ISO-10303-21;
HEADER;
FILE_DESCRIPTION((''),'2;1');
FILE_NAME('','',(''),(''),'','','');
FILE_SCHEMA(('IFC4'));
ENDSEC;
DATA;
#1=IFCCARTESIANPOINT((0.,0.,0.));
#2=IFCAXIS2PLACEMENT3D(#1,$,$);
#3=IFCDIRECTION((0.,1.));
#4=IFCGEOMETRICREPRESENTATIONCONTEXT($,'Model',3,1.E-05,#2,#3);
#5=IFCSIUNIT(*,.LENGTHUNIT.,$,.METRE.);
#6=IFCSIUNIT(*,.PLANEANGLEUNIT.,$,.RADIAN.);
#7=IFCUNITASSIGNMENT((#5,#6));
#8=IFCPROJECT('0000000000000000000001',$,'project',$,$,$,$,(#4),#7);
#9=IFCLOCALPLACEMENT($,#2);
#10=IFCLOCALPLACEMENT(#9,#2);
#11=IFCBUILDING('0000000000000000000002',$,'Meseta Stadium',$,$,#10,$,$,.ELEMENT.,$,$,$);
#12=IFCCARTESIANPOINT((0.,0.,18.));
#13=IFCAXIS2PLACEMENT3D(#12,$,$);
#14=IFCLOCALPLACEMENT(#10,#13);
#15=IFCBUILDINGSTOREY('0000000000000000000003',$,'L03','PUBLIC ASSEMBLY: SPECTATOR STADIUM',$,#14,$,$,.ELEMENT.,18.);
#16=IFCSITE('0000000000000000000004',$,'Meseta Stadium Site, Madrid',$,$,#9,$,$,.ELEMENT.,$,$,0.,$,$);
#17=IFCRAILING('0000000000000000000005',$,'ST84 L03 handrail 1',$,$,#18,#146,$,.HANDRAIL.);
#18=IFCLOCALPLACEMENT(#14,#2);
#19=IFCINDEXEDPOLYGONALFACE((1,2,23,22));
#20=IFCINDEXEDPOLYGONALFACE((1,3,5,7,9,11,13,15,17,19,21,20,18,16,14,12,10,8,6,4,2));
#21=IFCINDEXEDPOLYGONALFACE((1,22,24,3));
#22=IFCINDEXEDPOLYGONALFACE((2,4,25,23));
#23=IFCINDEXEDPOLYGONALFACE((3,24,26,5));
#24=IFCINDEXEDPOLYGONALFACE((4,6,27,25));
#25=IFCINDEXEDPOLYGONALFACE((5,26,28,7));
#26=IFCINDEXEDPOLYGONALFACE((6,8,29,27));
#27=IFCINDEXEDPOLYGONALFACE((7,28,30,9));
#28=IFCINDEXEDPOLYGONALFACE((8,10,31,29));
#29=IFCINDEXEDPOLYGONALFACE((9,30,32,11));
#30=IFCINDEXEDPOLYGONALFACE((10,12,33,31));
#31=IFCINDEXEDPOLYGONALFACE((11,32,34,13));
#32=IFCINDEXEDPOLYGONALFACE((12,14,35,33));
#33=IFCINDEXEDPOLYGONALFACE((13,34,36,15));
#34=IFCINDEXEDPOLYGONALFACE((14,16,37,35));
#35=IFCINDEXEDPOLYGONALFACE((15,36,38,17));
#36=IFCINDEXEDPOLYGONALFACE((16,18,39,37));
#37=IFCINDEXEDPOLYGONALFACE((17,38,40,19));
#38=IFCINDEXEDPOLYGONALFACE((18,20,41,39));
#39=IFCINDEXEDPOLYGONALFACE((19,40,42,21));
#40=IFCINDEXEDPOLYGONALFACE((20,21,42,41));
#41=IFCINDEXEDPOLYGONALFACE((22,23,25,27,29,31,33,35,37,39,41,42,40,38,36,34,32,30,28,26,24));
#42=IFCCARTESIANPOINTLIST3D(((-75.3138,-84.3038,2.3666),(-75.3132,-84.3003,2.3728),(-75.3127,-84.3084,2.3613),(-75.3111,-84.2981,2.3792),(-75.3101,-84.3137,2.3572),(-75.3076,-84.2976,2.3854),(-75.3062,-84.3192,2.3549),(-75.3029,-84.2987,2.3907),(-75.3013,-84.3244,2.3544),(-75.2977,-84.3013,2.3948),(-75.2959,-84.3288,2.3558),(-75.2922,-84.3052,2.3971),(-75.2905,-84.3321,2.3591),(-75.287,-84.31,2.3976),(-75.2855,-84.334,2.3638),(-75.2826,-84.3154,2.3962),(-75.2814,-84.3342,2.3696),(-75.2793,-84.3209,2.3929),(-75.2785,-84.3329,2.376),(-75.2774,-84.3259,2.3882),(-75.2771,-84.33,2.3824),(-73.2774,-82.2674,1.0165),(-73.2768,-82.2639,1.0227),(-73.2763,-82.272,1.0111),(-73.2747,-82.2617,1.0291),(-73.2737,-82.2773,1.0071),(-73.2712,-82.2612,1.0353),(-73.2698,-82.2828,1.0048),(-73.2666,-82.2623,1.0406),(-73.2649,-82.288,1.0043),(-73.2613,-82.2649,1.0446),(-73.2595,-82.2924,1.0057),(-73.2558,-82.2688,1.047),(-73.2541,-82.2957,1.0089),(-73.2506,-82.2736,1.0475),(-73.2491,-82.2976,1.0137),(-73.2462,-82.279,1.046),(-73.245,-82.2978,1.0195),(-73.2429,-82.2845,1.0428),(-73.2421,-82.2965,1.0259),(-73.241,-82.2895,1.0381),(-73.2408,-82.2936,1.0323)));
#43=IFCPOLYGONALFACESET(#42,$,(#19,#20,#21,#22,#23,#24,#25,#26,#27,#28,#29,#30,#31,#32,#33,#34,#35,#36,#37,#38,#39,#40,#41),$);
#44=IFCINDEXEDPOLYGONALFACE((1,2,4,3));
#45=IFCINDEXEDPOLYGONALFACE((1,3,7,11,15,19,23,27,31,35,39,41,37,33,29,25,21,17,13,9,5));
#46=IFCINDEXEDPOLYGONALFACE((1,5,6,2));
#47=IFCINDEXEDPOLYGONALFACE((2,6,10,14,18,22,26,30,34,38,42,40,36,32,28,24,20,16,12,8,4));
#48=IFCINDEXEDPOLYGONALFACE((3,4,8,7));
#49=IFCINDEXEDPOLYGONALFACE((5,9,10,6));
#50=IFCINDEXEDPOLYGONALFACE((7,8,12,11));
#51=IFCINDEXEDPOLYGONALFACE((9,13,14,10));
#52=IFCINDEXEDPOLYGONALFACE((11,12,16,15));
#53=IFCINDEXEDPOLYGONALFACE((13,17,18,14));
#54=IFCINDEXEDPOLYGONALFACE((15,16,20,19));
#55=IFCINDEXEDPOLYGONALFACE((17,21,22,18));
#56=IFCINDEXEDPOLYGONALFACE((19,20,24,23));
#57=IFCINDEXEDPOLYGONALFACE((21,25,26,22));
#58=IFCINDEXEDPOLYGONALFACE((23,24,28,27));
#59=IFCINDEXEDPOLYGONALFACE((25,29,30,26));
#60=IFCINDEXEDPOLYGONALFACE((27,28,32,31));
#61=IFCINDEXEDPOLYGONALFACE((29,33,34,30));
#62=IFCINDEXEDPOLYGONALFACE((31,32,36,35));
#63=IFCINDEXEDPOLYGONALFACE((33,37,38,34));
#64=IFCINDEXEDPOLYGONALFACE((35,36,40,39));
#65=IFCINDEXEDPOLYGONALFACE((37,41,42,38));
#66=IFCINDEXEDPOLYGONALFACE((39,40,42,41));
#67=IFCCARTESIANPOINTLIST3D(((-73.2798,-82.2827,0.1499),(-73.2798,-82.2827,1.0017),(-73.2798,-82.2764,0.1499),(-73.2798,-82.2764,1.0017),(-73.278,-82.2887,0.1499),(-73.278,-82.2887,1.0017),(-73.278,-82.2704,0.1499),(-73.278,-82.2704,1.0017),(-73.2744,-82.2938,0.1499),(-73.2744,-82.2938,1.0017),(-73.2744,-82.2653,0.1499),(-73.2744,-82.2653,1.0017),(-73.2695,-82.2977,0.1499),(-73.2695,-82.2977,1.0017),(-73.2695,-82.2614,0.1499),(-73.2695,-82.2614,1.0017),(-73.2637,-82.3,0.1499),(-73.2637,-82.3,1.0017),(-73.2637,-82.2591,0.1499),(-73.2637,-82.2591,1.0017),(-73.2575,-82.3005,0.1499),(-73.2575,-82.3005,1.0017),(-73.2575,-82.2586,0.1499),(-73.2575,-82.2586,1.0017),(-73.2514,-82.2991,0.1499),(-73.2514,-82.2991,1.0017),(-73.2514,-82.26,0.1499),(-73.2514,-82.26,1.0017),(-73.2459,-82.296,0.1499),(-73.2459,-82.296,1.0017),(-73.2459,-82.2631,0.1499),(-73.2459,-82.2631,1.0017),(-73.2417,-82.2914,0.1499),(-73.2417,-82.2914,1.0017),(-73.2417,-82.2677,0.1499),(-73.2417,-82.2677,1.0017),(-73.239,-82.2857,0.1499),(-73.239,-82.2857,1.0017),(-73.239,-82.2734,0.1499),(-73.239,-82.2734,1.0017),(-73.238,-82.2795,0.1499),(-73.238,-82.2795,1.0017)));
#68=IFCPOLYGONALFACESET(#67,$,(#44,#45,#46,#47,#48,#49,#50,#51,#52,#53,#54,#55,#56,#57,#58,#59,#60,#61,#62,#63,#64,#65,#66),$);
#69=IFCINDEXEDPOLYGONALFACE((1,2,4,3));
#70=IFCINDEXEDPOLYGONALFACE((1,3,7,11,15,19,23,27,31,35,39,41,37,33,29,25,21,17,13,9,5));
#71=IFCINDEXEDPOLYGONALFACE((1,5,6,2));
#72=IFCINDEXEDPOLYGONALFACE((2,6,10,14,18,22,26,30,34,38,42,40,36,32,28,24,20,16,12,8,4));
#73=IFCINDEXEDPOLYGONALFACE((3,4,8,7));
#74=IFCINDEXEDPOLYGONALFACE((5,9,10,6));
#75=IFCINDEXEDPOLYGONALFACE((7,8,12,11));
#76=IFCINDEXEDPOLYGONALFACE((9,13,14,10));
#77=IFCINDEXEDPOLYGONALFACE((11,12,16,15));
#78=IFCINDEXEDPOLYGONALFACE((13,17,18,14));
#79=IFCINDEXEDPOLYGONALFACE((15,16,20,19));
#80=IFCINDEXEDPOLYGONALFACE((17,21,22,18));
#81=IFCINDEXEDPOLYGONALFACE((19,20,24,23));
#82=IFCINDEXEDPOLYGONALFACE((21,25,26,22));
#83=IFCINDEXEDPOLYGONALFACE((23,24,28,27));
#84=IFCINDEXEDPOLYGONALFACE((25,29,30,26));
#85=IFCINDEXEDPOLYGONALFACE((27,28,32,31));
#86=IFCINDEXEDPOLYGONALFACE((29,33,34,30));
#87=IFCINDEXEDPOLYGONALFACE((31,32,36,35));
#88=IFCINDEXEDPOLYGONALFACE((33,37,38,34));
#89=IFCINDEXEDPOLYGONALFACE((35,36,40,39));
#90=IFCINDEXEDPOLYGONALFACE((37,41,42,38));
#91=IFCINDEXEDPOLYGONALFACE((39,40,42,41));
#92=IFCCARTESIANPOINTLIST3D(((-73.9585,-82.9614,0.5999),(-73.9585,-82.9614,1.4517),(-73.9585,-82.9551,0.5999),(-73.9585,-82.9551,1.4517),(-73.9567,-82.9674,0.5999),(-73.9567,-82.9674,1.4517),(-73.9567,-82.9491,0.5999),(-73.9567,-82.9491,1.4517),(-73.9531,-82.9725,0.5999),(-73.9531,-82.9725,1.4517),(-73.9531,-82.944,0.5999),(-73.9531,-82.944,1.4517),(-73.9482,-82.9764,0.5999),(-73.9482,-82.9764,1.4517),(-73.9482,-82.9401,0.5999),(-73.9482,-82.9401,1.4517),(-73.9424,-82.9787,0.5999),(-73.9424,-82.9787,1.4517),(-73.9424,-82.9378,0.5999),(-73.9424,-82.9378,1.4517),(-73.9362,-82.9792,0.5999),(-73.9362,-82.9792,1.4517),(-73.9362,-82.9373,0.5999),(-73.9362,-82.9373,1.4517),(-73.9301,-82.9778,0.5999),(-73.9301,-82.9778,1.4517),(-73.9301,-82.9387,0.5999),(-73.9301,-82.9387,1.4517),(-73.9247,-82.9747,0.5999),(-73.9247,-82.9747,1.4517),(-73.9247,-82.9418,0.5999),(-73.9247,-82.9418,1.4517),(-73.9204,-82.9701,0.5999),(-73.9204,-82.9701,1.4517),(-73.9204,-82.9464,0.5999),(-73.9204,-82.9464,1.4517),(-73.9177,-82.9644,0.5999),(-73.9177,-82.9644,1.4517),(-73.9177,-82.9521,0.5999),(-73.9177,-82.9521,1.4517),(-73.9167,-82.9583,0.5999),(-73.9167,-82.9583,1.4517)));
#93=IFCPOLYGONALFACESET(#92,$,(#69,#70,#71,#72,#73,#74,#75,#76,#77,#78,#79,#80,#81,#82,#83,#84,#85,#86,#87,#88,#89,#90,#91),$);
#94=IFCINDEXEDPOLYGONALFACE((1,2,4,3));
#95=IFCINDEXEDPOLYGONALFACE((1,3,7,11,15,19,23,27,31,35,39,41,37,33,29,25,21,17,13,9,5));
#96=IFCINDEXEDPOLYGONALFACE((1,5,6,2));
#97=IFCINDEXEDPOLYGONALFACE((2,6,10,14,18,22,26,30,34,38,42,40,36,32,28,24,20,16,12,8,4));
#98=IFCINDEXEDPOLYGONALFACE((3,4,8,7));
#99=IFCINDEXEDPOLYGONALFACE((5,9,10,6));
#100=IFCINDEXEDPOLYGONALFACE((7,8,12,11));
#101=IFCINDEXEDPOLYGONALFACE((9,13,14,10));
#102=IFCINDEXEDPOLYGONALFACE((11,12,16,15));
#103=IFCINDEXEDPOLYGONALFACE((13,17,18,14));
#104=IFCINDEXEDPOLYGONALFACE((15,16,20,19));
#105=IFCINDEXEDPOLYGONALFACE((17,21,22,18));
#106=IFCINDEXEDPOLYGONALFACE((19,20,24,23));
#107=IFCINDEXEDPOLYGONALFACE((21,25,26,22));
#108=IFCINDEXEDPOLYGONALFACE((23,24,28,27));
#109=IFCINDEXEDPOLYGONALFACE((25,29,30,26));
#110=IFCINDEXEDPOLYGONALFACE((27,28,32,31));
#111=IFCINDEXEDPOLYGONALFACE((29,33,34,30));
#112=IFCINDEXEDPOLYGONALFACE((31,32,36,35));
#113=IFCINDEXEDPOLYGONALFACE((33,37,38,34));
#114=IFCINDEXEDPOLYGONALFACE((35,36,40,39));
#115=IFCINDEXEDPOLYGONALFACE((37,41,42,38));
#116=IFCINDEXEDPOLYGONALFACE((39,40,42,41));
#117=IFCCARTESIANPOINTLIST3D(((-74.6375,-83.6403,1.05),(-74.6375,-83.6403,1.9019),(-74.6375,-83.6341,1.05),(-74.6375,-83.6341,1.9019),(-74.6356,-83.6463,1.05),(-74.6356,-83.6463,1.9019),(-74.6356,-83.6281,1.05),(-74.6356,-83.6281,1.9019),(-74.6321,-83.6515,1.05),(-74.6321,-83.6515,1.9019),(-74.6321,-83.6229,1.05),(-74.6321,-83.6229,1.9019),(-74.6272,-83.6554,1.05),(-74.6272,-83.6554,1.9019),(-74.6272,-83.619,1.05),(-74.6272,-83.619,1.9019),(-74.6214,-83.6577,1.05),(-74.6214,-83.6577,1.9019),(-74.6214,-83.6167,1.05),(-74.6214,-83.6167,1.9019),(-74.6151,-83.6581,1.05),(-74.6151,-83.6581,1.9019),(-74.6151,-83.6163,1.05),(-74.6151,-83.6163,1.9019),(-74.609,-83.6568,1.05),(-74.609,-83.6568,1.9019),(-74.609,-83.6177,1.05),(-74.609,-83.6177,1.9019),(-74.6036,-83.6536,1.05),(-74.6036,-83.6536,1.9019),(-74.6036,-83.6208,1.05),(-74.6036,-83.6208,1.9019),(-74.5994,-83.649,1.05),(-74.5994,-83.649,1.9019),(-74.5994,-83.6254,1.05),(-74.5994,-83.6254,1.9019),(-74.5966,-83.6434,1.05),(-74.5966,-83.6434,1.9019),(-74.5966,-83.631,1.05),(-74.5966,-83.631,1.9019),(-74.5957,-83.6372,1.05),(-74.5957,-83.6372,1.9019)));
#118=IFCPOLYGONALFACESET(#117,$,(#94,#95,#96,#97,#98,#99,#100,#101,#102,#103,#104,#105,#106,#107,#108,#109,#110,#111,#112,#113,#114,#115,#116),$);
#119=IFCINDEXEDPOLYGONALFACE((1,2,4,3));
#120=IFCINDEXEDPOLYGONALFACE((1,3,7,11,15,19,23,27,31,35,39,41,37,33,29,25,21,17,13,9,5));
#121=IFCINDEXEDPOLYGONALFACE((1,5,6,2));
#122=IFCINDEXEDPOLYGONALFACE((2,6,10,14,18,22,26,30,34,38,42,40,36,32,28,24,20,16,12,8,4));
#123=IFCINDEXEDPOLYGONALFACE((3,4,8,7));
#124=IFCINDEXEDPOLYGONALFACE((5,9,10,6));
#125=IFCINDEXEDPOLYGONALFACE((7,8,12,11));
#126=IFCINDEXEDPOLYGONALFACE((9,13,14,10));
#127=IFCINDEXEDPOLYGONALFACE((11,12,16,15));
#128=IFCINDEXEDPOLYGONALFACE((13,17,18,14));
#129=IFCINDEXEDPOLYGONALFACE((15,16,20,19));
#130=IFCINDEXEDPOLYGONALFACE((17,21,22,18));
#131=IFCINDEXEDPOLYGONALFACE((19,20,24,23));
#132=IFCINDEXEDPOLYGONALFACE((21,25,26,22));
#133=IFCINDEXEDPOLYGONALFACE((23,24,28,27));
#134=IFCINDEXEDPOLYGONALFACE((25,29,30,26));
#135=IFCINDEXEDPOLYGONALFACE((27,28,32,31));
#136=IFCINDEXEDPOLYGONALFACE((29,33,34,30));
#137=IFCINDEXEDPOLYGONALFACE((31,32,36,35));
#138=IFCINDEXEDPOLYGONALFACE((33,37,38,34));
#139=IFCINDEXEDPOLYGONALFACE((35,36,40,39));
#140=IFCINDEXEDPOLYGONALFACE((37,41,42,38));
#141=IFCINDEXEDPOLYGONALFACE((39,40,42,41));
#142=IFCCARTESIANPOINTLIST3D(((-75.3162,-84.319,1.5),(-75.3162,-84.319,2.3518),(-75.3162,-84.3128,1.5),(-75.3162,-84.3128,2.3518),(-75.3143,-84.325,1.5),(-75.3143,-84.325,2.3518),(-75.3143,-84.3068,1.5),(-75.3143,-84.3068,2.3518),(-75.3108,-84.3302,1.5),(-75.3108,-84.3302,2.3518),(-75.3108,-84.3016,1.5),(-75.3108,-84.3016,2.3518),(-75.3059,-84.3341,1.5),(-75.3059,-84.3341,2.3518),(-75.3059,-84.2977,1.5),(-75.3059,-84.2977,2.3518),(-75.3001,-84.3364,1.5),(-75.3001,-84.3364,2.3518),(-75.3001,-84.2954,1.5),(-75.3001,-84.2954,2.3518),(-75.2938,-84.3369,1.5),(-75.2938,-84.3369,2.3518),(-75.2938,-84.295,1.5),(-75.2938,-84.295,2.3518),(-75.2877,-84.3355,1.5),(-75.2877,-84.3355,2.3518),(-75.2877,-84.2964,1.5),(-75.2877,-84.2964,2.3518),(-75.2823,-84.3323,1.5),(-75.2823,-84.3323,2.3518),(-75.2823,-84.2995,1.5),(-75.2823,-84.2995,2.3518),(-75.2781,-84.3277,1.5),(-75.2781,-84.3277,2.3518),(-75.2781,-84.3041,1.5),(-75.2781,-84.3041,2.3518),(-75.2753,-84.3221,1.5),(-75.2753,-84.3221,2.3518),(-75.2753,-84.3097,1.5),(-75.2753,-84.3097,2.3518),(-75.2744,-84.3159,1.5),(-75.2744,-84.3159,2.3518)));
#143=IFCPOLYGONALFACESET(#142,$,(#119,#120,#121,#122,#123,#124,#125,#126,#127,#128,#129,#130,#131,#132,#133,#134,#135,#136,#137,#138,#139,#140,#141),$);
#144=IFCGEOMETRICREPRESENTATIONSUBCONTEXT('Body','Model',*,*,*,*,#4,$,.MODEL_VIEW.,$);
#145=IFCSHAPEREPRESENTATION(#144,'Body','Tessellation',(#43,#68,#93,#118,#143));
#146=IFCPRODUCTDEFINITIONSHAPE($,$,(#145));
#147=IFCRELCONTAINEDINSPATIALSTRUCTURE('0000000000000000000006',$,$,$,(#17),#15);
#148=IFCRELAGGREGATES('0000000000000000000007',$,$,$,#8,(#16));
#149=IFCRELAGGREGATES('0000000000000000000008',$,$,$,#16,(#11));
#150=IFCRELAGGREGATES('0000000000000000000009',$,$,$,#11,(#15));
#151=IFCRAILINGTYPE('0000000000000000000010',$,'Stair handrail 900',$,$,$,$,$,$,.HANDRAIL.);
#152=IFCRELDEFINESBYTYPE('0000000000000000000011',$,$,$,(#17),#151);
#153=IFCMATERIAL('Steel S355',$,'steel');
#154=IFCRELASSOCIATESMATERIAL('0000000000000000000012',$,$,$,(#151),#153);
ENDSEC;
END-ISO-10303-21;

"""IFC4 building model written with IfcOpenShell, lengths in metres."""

from ifc_helpers import new_model, si_unit, direction, frame, origin, origin_2d, place, context, subcontext, project, spatial, circle, extrude, material, type_object, element, save


model = new_model("IFC4")

# Units and contexts
model_context = context("Model", 3, precision=1e-05, world=origin(), true_north=direction((0.0, 1.0)))
body_context = subcontext(model_context, "Body", "Model", "MODEL_VIEW")
ifc_project = project(units=[si_unit("LENGTHUNIT", "METRE"), si_unit("PLANEANGLEUNIT", "RADIAN")], contexts=[model_context])

# Site, building, storey
site_placement = place(None, origin())
site = spatial("IfcSite", under=ifc_project, at=site_placement, Name="Meseta Stadium Site, Madrid", CompositionType="ELEMENT", RefElevation=0.0)
building_placement = place(site_placement, origin())
building = spatial("IfcBuilding", under=site, at=building_placement, Name="Meseta Stadium", CompositionType="ELEMENT")
storey_placement = place(building_placement, frame((0.0, 0.0, 18.0)))
storey = spatial("IfcBuildingStorey", under=building, at=storey_placement, Name="L03", Description="PUBLIC ASSEMBLY: SPECTATOR STADIUM", CompositionType="ELEMENT", Elevation=18.0)

# Railing
ifc_material_1 = material(Name="Steel S355", Category="steel")
railing_type_1 = type_object("IfcRailingType", Name="Stair handrail 900", PredefinedType="HANDRAIL", material=ifc_material_1)
railing_1_placement = place(storey_placement, frame((-73.259, -82.2795, 0.1499)))
element("IfcRailing", 1, at=railing_1_placement, inside=storey, type_object=railing_type_1, Name="ST84 L03 handrail 1", PredefinedType="HANDRAIL", context=body_context, shape_type="SweptSolid", body=[
    extrude(circle(Radius=0.0239, at=origin_2d()), frame((0.0, 0.0, 0.876), z_axis=(-0.640243, -0.640243, 0.424475), x_axis=(0.707107, -0.707107, 0.0)), (0.0, 0.0, 1.0), 3.1807),
    extrude(circle(Radius=0.021, at=origin_2d()), origin(), (0.0, 0.0, 1.0), 0.8518),
    extrude(circle(Radius=0.021, at=origin_2d()), frame((-0.6787, -0.6787, 0.45)), (0.0, 0.0, 1.0), 0.8518),
    extrude(circle(Radius=0.021, at=origin_2d()), frame((-1.3577, -1.3577, 0.9001)), (0.0, 0.0, 1.0), 0.8518),
    extrude(circle(Radius=0.021, at=origin_2d()), frame((-2.0364, -2.0364, 1.3501)), (0.0, 0.0, 1.0), 0.8518),
])

save(model, "model.ifc")
